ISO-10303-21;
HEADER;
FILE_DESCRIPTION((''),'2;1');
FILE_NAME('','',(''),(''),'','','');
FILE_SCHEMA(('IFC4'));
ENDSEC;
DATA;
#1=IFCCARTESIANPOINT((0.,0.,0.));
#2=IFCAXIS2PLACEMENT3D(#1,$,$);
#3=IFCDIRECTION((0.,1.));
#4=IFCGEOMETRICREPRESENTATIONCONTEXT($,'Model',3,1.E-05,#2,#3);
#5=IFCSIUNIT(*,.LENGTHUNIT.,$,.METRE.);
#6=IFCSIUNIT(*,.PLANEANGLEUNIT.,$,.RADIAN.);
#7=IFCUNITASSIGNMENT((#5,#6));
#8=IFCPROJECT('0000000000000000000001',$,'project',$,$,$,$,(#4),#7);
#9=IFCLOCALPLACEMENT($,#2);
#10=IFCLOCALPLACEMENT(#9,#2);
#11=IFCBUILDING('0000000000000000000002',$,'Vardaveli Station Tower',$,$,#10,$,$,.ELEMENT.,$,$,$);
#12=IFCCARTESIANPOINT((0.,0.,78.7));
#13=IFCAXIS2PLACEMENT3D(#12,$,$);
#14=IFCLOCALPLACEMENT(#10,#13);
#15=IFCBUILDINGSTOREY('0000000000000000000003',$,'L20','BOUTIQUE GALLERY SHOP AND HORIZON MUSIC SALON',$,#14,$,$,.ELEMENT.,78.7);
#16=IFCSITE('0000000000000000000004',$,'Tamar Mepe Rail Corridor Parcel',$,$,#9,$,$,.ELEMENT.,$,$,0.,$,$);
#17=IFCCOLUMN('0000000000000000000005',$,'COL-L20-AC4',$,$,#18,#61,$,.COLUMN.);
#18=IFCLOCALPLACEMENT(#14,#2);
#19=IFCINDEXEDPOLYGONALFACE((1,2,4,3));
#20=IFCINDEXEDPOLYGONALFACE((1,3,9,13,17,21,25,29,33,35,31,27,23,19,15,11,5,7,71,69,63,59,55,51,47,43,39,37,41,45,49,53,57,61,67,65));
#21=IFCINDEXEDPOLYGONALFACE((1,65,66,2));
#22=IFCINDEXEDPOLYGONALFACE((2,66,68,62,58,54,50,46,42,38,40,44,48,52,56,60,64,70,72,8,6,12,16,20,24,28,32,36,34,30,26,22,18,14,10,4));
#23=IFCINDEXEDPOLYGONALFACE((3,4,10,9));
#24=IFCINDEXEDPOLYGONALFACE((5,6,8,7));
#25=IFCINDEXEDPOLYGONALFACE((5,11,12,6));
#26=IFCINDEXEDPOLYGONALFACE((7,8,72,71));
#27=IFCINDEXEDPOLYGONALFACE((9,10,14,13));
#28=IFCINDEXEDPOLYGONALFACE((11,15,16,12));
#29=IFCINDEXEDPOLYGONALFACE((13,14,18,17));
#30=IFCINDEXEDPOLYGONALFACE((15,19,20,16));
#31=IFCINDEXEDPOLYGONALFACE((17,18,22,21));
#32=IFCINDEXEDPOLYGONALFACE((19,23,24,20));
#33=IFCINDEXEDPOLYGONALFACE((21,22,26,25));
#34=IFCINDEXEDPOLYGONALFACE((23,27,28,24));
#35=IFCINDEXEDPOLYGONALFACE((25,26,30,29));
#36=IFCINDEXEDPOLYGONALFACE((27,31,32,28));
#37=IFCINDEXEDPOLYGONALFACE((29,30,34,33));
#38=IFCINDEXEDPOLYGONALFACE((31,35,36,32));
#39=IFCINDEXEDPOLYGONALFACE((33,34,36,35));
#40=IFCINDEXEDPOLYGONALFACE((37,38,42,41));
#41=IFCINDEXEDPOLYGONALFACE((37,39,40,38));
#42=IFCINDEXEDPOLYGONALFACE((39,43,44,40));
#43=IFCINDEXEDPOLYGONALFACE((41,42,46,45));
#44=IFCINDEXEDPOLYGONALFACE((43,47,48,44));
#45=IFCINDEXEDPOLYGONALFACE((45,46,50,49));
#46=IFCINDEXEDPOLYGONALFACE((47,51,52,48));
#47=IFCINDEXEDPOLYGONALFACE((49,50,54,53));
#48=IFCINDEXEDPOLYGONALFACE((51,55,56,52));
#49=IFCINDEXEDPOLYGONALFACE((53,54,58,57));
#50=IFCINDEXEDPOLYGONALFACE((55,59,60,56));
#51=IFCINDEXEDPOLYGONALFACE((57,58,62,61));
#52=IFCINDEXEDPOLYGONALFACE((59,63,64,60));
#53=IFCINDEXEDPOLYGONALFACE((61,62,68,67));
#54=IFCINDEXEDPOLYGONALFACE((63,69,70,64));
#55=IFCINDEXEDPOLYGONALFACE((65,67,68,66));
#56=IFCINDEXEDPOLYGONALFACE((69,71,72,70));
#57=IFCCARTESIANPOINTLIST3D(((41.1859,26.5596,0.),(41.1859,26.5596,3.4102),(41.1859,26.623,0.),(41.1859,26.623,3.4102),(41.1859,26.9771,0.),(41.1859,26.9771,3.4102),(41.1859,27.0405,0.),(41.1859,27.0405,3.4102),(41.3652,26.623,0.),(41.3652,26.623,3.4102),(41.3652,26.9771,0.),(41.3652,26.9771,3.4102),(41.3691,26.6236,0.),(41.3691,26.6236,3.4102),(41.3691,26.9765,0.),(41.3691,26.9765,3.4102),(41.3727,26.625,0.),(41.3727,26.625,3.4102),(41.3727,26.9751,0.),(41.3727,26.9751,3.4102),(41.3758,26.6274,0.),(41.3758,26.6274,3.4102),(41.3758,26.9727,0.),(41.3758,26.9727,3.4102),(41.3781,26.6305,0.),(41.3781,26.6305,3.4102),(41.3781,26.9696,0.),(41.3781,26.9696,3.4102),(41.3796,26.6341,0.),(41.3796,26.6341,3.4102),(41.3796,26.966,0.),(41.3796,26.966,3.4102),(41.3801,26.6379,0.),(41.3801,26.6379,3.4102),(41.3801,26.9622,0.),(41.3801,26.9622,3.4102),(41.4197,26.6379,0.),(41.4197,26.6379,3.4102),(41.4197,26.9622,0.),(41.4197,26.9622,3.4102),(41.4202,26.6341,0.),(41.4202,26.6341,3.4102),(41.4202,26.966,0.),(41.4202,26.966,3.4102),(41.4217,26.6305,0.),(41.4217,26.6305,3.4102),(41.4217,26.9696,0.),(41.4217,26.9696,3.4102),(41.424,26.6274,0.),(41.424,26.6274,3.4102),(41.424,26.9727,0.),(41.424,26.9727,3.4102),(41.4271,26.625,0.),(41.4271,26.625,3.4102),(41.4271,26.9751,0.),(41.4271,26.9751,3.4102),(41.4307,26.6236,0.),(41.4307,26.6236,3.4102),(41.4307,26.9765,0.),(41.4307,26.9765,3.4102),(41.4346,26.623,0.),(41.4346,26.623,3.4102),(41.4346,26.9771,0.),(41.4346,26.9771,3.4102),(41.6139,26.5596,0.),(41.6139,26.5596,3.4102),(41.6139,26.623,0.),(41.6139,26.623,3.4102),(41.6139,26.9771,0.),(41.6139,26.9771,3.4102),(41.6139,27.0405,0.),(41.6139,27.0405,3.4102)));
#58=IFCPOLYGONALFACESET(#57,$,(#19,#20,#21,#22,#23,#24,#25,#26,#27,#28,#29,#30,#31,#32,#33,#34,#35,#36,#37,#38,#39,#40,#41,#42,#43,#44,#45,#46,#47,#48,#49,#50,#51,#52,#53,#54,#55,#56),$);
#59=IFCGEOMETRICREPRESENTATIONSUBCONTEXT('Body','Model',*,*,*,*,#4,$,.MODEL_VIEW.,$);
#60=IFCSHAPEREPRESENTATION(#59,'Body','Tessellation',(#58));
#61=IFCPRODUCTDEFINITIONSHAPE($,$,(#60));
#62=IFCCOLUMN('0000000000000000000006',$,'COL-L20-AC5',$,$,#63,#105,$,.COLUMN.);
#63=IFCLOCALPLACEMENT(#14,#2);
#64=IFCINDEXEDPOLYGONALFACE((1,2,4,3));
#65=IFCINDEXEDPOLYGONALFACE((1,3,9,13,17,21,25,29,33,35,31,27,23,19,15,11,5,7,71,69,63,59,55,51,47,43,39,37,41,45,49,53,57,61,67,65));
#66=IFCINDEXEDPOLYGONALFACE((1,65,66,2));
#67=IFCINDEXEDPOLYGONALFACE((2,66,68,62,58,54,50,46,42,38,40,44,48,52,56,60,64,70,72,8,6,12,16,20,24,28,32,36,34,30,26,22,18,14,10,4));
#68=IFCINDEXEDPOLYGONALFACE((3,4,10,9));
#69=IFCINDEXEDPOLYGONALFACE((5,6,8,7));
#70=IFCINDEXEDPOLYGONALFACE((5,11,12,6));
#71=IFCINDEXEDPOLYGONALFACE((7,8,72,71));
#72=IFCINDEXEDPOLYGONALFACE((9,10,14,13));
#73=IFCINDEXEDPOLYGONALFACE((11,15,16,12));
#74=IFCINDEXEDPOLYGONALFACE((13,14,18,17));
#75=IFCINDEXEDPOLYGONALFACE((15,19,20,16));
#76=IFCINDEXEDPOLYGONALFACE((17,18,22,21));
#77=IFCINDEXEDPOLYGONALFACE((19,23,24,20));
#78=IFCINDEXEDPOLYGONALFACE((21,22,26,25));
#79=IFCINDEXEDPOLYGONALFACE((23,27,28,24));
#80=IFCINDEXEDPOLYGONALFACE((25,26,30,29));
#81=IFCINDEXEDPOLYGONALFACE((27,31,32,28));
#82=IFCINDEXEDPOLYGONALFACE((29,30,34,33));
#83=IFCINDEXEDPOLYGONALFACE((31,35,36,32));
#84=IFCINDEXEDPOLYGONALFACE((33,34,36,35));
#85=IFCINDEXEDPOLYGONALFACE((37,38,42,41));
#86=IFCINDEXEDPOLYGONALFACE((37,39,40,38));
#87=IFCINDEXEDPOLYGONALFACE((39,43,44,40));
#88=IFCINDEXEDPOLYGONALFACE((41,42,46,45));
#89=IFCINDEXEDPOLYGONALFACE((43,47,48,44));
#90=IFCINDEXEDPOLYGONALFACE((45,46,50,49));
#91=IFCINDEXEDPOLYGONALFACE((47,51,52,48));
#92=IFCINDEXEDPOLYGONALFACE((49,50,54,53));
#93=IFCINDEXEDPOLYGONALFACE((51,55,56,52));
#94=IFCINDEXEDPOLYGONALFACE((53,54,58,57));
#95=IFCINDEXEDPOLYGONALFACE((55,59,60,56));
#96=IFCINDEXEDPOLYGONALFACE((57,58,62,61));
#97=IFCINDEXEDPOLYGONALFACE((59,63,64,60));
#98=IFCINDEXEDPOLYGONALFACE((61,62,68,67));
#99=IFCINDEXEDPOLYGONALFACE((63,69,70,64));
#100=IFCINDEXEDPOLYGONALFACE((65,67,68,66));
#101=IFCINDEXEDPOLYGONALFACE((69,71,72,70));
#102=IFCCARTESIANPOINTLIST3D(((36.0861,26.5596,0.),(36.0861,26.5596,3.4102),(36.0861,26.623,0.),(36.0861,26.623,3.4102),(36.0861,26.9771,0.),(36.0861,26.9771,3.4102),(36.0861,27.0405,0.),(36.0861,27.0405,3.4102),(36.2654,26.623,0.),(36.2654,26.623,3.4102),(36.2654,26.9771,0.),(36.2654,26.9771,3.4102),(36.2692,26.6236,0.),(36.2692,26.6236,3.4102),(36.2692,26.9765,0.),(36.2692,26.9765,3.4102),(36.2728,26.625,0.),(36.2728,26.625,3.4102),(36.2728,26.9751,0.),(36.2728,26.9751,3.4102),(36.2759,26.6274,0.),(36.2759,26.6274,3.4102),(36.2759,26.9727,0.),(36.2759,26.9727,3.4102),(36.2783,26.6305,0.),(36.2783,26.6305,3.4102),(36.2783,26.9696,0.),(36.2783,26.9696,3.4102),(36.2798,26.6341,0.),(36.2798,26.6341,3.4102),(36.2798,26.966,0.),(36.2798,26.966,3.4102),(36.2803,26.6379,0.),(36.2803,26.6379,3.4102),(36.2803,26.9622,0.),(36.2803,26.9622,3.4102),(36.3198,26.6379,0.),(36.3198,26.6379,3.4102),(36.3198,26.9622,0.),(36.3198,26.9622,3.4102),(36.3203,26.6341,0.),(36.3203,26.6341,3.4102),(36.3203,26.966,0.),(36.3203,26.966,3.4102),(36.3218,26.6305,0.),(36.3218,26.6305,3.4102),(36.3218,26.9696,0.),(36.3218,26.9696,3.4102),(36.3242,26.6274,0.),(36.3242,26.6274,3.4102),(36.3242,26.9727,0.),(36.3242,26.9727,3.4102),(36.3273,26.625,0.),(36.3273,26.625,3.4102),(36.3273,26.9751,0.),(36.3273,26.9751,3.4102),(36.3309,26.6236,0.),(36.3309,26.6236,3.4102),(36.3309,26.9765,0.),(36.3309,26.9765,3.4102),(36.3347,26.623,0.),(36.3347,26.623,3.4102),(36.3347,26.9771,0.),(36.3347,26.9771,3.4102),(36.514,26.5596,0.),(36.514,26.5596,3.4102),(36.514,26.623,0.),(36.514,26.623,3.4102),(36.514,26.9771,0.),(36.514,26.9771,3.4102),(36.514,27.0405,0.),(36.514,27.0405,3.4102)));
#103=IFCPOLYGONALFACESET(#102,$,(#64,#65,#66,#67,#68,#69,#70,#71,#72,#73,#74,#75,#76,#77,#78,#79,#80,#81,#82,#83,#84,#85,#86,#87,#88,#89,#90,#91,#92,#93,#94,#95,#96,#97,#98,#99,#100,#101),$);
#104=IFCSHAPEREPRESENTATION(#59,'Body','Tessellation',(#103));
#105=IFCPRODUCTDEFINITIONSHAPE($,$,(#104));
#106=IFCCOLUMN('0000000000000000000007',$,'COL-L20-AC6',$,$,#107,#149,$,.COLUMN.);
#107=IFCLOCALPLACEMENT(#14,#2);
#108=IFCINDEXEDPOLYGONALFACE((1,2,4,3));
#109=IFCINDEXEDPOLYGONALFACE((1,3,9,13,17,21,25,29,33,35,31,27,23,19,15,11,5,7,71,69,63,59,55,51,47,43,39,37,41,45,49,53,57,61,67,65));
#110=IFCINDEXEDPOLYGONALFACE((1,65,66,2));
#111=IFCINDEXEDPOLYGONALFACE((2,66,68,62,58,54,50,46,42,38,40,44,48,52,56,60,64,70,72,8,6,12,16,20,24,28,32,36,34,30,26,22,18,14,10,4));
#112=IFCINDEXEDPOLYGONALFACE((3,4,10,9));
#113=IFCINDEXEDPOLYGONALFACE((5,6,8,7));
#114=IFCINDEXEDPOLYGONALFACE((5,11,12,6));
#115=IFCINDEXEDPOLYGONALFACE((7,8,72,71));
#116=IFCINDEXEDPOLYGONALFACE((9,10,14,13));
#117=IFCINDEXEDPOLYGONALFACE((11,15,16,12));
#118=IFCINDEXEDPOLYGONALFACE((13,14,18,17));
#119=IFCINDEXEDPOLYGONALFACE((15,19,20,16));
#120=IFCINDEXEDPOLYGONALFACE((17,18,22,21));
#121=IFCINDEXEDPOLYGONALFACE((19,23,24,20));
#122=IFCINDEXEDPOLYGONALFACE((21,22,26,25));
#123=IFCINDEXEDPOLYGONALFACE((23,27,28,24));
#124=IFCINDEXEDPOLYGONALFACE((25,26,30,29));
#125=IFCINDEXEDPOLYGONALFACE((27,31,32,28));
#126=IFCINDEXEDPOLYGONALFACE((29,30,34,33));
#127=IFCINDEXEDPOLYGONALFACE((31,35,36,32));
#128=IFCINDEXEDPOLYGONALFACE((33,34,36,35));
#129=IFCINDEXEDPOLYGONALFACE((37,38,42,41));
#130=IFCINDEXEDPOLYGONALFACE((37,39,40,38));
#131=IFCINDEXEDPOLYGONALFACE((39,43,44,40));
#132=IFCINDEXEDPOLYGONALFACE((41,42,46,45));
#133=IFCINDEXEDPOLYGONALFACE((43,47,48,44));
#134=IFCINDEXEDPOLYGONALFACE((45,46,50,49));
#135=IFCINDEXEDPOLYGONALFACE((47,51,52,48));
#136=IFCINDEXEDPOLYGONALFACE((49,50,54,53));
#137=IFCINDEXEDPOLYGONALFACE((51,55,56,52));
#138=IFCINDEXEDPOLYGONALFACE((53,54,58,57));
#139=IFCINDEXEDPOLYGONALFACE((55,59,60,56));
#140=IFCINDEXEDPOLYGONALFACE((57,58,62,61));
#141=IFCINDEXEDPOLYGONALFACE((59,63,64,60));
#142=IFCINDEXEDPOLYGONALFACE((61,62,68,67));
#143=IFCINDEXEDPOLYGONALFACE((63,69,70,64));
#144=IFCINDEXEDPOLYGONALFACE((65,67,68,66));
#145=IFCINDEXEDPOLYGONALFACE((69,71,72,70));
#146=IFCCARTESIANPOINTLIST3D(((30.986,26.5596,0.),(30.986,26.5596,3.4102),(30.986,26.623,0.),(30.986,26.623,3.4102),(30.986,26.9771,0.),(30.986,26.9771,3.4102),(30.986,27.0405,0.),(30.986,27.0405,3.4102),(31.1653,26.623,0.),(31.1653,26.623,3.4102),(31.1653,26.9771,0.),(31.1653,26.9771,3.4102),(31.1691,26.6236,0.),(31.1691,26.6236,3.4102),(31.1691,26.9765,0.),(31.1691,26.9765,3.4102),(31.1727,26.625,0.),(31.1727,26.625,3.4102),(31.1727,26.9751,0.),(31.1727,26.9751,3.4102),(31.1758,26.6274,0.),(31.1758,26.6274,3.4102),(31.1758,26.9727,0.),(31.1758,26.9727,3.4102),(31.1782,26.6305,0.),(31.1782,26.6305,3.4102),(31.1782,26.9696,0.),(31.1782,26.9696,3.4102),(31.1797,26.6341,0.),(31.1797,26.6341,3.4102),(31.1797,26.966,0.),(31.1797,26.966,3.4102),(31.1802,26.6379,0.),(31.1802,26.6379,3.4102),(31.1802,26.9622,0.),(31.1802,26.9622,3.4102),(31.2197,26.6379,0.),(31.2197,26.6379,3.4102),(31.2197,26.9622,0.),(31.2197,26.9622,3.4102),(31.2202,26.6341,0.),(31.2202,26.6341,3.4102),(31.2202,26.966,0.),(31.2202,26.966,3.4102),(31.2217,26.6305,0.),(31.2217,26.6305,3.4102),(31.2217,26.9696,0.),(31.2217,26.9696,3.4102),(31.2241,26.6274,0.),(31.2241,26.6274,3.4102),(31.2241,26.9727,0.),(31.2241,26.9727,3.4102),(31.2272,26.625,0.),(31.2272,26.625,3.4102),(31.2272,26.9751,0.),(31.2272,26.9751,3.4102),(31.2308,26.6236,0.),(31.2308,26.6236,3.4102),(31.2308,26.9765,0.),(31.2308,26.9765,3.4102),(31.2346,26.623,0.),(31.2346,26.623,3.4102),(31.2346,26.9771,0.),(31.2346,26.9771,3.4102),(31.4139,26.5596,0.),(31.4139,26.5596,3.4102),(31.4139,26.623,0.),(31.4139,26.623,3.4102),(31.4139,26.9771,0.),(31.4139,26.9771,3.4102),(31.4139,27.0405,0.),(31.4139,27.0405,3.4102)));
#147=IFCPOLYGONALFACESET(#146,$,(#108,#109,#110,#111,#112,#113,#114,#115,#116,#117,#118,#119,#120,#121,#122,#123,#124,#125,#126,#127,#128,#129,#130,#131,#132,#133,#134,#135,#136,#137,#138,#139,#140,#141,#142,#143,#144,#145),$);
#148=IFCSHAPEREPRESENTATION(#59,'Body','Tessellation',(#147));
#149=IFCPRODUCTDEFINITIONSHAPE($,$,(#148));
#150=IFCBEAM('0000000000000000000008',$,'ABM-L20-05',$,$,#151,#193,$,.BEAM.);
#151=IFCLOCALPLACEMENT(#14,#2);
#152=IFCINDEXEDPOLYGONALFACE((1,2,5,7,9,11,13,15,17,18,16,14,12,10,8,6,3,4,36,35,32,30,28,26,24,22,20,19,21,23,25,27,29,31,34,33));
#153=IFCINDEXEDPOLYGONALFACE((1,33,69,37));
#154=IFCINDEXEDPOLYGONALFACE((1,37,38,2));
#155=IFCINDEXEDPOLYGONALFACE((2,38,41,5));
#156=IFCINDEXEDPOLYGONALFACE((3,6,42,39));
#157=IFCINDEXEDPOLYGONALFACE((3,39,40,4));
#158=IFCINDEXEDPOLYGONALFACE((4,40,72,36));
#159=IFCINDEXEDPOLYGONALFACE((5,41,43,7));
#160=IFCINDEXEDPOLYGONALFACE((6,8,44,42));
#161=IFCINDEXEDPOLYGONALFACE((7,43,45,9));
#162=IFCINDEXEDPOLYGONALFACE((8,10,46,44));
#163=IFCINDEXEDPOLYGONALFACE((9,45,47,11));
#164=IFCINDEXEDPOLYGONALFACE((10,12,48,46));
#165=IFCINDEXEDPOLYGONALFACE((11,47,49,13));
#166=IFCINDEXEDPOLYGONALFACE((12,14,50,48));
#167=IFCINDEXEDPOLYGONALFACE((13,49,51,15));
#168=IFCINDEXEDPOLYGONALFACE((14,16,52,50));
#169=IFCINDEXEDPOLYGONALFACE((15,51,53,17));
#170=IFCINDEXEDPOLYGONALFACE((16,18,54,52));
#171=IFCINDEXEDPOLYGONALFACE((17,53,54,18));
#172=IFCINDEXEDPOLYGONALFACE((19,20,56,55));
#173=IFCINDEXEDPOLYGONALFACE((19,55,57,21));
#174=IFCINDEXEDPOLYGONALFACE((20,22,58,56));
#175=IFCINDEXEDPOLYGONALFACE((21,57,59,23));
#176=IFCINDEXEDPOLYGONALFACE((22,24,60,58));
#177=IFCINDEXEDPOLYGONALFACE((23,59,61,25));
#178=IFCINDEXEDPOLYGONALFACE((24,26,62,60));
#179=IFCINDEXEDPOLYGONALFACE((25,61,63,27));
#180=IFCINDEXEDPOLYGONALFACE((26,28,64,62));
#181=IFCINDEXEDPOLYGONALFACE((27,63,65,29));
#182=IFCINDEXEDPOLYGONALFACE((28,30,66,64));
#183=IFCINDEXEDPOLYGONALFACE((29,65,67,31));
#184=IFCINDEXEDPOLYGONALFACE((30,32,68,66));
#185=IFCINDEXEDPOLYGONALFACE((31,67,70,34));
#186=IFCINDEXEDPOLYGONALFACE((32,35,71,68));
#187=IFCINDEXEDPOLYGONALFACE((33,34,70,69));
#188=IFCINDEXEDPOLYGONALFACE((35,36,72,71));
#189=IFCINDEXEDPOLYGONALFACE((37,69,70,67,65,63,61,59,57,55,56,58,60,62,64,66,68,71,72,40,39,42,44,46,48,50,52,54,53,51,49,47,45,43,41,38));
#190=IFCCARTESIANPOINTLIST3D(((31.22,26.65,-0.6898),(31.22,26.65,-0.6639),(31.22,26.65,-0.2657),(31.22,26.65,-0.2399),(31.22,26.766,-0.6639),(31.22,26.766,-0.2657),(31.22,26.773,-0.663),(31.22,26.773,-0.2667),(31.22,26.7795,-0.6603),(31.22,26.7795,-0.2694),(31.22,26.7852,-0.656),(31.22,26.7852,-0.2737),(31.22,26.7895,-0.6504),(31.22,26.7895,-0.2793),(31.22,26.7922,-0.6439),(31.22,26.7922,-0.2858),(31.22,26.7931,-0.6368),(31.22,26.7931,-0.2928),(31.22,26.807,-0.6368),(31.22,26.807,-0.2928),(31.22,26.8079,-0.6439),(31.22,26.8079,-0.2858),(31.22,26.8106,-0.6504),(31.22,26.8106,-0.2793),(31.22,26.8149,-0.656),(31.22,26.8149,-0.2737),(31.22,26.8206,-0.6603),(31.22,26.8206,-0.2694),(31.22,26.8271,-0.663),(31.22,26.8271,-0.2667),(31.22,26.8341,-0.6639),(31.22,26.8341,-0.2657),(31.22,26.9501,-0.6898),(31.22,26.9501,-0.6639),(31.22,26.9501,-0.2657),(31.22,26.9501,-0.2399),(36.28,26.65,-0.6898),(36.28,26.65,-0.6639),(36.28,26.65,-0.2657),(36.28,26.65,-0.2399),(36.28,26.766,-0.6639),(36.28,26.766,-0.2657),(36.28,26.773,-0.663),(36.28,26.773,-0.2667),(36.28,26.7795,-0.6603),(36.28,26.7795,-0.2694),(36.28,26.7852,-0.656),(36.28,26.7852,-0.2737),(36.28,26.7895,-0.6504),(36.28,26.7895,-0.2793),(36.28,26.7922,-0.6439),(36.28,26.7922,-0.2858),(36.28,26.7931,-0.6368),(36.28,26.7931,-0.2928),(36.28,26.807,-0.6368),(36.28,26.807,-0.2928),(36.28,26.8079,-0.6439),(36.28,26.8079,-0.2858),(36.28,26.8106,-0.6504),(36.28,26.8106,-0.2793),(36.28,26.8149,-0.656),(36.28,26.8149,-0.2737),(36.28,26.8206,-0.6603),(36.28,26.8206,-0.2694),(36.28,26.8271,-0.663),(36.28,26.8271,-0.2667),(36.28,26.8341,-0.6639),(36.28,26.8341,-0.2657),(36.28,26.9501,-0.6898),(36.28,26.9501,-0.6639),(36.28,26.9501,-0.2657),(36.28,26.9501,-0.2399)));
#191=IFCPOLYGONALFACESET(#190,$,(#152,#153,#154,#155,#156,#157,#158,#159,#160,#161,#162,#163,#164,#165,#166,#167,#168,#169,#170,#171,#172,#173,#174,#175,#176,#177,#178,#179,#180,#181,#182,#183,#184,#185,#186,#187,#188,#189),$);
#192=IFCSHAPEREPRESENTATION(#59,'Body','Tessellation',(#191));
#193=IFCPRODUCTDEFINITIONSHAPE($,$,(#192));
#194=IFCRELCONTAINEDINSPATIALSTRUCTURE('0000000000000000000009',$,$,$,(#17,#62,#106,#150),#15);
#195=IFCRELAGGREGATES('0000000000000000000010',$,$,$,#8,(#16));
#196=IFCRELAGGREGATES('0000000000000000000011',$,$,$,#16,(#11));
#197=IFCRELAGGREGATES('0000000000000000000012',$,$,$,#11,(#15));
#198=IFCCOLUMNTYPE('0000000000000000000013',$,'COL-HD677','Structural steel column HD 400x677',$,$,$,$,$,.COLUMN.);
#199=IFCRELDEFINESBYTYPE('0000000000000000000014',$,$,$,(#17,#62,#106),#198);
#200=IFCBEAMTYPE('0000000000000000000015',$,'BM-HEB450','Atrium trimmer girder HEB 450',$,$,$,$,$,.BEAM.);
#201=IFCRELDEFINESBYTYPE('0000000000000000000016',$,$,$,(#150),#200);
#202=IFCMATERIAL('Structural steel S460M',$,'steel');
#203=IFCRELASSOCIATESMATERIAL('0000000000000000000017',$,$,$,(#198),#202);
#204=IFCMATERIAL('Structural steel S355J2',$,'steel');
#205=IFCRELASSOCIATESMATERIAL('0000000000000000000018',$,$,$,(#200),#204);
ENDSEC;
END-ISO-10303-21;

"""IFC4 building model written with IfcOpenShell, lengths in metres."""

from ifc_helpers import new_model, si_unit, direction, frame, origin, origin_2d, place, context, subcontext, project, spatial, i_section, extrude, source, transform, mapped, material, material_profile, profile_set, type_object, element, save


model = new_model("IFC4")

# Units and contexts
model_context = context("Model", 3, precision=1e-05, world=origin(), true_north=direction((0.0, 1.0)))
body_context = subcontext(model_context, "Body", "Model", "MODEL_VIEW")
ifc_project = project(units=[si_unit("LENGTHUNIT", "METRE"), si_unit("PLANEANGLEUNIT", "RADIAN")], contexts=[model_context])

# Site, building, storey
site_placement = place(None, origin())
site = spatial("IfcSite", under=ifc_project, at=site_placement, Name="Tamar Mepe Rail Corridor Parcel", CompositionType="ELEMENT", RefElevation=0.0)
building_placement = place(site_placement, origin())
building = spatial("IfcBuilding", under=site, at=building_placement, Name="Vardaveli Station Tower", CompositionType="ELEMENT")
storey_placement = place(building_placement, frame((0.0, 0.0, 78.7)))
storey = spatial("IfcBuildingStorey", under=building, at=storey_placement, Name="L20", Description="BOUTIQUE GALLERY SHOP AND HORIZON MUSIC SALON", CompositionType="ELEMENT", Elevation=78.7)

# Columns
ifc_material_1 = material(Name="Structural steel S460M", Category="steel")
ifc_material_profile_1 = material_profile(ifc_material_1, i_section(OverallWidth=0.428, OverallDepth=0.481, WebThickness=0.0396, FlangeThickness=0.0635, FilletRadius=0.0149, at=origin_2d()), Name="HD 400x677")
ifc_profile_set_1 = profile_set([ifc_material_profile_1], Name="Structural steel S460M")
column_type = type_object("IfcColumnType", Name="COL-HD677", Description="Structural steel column HD 400x677", PredefinedType="COLUMN", material=ifc_profile_set_1)
shared_shape_1 = source(origin(), body_context, "Body", "SweptSolid", [
    extrude(i_section(OverallWidth=0.428, OverallDepth=0.481, WebThickness=0.0396, FlangeThickness=0.0635, FilletRadius=0.0149, at=origin_2d()), origin(), (0.0, 0.0, 1.0), 3.4102),
])
for number, where, z_axis, x_axis, name in (
    (1, (41.3999, 26.8, 0.0), (0.0, 0.0, 1.0), (1.0, 0.0, 0.0), "COL-L20-AC4"),
    (2, (36.3, 26.8, 0.0), (0.0, 0.0, 1.0), (1.0, 0.0, 0.0), "COL-L20-AC5"),
    (3, (31.2, 26.8, 0.0), (0.0, 0.0, 1.0), (1.0, 0.0, 0.0), "COL-L20-AC6"),
):
    element("IfcColumn", number, at=place(storey_placement, frame(where, z_axis=z_axis, x_axis=x_axis)), inside=storey, type_object=column_type, Name=name, PredefinedType="COLUMN", context=body_context, shape_type="MappedRepresentation", body=[
        mapped(shared_shape_1, transform((0.0, 0.0, 0.0), scale=1.0)),
    ])

# Beam
ifc_material_2 = material(Name="Structural steel S355J2", Category="steel")
ifc_material_profile_2 = material_profile(ifc_material_2, i_section(OverallWidth=0.3, OverallDepth=0.45, WebThickness=0.0139, FlangeThickness=0.0259, FilletRadius=0.0271, at=origin_2d()), Name="HEB 450")
ifc_profile_set_2 = profile_set([ifc_material_profile_2], Name="Structural steel S355J2")
beam_type_1 = type_object("IfcBeamType", Name="BM-HEB450", Description="Atrium trimmer girder HEB 450", PredefinedType="BEAM", material=ifc_profile_set_2)
shared_shape_2 = source(origin(), body_context, "Body", "SweptSolid", [
    extrude(i_section(OverallWidth=0.3, OverallDepth=0.45, WebThickness=0.0139, FlangeThickness=0.0259, FilletRadius=0.0271, at=origin_2d()), origin(), (0.0, 0.0, 1.0), 5.0601),
])
beam_1_placement = place(storey_placement, frame((36.28, 26.8, -0.4648), z_axis=(-1.0, 0.0, 0.0), x_axis=(0.0, -1.0, 0.0)))
element("IfcBeam", 4, at=beam_1_placement, inside=storey, type_object=beam_type_1, Name="ABM-L20-05", PredefinedType="BEAM", context=body_context, shape_type="MappedRepresentation", body=[
    mapped(shared_shape_2, transform((0.0, 0.0, 0.0), scale=1.0)),
])

save(model, "model.ifc")
